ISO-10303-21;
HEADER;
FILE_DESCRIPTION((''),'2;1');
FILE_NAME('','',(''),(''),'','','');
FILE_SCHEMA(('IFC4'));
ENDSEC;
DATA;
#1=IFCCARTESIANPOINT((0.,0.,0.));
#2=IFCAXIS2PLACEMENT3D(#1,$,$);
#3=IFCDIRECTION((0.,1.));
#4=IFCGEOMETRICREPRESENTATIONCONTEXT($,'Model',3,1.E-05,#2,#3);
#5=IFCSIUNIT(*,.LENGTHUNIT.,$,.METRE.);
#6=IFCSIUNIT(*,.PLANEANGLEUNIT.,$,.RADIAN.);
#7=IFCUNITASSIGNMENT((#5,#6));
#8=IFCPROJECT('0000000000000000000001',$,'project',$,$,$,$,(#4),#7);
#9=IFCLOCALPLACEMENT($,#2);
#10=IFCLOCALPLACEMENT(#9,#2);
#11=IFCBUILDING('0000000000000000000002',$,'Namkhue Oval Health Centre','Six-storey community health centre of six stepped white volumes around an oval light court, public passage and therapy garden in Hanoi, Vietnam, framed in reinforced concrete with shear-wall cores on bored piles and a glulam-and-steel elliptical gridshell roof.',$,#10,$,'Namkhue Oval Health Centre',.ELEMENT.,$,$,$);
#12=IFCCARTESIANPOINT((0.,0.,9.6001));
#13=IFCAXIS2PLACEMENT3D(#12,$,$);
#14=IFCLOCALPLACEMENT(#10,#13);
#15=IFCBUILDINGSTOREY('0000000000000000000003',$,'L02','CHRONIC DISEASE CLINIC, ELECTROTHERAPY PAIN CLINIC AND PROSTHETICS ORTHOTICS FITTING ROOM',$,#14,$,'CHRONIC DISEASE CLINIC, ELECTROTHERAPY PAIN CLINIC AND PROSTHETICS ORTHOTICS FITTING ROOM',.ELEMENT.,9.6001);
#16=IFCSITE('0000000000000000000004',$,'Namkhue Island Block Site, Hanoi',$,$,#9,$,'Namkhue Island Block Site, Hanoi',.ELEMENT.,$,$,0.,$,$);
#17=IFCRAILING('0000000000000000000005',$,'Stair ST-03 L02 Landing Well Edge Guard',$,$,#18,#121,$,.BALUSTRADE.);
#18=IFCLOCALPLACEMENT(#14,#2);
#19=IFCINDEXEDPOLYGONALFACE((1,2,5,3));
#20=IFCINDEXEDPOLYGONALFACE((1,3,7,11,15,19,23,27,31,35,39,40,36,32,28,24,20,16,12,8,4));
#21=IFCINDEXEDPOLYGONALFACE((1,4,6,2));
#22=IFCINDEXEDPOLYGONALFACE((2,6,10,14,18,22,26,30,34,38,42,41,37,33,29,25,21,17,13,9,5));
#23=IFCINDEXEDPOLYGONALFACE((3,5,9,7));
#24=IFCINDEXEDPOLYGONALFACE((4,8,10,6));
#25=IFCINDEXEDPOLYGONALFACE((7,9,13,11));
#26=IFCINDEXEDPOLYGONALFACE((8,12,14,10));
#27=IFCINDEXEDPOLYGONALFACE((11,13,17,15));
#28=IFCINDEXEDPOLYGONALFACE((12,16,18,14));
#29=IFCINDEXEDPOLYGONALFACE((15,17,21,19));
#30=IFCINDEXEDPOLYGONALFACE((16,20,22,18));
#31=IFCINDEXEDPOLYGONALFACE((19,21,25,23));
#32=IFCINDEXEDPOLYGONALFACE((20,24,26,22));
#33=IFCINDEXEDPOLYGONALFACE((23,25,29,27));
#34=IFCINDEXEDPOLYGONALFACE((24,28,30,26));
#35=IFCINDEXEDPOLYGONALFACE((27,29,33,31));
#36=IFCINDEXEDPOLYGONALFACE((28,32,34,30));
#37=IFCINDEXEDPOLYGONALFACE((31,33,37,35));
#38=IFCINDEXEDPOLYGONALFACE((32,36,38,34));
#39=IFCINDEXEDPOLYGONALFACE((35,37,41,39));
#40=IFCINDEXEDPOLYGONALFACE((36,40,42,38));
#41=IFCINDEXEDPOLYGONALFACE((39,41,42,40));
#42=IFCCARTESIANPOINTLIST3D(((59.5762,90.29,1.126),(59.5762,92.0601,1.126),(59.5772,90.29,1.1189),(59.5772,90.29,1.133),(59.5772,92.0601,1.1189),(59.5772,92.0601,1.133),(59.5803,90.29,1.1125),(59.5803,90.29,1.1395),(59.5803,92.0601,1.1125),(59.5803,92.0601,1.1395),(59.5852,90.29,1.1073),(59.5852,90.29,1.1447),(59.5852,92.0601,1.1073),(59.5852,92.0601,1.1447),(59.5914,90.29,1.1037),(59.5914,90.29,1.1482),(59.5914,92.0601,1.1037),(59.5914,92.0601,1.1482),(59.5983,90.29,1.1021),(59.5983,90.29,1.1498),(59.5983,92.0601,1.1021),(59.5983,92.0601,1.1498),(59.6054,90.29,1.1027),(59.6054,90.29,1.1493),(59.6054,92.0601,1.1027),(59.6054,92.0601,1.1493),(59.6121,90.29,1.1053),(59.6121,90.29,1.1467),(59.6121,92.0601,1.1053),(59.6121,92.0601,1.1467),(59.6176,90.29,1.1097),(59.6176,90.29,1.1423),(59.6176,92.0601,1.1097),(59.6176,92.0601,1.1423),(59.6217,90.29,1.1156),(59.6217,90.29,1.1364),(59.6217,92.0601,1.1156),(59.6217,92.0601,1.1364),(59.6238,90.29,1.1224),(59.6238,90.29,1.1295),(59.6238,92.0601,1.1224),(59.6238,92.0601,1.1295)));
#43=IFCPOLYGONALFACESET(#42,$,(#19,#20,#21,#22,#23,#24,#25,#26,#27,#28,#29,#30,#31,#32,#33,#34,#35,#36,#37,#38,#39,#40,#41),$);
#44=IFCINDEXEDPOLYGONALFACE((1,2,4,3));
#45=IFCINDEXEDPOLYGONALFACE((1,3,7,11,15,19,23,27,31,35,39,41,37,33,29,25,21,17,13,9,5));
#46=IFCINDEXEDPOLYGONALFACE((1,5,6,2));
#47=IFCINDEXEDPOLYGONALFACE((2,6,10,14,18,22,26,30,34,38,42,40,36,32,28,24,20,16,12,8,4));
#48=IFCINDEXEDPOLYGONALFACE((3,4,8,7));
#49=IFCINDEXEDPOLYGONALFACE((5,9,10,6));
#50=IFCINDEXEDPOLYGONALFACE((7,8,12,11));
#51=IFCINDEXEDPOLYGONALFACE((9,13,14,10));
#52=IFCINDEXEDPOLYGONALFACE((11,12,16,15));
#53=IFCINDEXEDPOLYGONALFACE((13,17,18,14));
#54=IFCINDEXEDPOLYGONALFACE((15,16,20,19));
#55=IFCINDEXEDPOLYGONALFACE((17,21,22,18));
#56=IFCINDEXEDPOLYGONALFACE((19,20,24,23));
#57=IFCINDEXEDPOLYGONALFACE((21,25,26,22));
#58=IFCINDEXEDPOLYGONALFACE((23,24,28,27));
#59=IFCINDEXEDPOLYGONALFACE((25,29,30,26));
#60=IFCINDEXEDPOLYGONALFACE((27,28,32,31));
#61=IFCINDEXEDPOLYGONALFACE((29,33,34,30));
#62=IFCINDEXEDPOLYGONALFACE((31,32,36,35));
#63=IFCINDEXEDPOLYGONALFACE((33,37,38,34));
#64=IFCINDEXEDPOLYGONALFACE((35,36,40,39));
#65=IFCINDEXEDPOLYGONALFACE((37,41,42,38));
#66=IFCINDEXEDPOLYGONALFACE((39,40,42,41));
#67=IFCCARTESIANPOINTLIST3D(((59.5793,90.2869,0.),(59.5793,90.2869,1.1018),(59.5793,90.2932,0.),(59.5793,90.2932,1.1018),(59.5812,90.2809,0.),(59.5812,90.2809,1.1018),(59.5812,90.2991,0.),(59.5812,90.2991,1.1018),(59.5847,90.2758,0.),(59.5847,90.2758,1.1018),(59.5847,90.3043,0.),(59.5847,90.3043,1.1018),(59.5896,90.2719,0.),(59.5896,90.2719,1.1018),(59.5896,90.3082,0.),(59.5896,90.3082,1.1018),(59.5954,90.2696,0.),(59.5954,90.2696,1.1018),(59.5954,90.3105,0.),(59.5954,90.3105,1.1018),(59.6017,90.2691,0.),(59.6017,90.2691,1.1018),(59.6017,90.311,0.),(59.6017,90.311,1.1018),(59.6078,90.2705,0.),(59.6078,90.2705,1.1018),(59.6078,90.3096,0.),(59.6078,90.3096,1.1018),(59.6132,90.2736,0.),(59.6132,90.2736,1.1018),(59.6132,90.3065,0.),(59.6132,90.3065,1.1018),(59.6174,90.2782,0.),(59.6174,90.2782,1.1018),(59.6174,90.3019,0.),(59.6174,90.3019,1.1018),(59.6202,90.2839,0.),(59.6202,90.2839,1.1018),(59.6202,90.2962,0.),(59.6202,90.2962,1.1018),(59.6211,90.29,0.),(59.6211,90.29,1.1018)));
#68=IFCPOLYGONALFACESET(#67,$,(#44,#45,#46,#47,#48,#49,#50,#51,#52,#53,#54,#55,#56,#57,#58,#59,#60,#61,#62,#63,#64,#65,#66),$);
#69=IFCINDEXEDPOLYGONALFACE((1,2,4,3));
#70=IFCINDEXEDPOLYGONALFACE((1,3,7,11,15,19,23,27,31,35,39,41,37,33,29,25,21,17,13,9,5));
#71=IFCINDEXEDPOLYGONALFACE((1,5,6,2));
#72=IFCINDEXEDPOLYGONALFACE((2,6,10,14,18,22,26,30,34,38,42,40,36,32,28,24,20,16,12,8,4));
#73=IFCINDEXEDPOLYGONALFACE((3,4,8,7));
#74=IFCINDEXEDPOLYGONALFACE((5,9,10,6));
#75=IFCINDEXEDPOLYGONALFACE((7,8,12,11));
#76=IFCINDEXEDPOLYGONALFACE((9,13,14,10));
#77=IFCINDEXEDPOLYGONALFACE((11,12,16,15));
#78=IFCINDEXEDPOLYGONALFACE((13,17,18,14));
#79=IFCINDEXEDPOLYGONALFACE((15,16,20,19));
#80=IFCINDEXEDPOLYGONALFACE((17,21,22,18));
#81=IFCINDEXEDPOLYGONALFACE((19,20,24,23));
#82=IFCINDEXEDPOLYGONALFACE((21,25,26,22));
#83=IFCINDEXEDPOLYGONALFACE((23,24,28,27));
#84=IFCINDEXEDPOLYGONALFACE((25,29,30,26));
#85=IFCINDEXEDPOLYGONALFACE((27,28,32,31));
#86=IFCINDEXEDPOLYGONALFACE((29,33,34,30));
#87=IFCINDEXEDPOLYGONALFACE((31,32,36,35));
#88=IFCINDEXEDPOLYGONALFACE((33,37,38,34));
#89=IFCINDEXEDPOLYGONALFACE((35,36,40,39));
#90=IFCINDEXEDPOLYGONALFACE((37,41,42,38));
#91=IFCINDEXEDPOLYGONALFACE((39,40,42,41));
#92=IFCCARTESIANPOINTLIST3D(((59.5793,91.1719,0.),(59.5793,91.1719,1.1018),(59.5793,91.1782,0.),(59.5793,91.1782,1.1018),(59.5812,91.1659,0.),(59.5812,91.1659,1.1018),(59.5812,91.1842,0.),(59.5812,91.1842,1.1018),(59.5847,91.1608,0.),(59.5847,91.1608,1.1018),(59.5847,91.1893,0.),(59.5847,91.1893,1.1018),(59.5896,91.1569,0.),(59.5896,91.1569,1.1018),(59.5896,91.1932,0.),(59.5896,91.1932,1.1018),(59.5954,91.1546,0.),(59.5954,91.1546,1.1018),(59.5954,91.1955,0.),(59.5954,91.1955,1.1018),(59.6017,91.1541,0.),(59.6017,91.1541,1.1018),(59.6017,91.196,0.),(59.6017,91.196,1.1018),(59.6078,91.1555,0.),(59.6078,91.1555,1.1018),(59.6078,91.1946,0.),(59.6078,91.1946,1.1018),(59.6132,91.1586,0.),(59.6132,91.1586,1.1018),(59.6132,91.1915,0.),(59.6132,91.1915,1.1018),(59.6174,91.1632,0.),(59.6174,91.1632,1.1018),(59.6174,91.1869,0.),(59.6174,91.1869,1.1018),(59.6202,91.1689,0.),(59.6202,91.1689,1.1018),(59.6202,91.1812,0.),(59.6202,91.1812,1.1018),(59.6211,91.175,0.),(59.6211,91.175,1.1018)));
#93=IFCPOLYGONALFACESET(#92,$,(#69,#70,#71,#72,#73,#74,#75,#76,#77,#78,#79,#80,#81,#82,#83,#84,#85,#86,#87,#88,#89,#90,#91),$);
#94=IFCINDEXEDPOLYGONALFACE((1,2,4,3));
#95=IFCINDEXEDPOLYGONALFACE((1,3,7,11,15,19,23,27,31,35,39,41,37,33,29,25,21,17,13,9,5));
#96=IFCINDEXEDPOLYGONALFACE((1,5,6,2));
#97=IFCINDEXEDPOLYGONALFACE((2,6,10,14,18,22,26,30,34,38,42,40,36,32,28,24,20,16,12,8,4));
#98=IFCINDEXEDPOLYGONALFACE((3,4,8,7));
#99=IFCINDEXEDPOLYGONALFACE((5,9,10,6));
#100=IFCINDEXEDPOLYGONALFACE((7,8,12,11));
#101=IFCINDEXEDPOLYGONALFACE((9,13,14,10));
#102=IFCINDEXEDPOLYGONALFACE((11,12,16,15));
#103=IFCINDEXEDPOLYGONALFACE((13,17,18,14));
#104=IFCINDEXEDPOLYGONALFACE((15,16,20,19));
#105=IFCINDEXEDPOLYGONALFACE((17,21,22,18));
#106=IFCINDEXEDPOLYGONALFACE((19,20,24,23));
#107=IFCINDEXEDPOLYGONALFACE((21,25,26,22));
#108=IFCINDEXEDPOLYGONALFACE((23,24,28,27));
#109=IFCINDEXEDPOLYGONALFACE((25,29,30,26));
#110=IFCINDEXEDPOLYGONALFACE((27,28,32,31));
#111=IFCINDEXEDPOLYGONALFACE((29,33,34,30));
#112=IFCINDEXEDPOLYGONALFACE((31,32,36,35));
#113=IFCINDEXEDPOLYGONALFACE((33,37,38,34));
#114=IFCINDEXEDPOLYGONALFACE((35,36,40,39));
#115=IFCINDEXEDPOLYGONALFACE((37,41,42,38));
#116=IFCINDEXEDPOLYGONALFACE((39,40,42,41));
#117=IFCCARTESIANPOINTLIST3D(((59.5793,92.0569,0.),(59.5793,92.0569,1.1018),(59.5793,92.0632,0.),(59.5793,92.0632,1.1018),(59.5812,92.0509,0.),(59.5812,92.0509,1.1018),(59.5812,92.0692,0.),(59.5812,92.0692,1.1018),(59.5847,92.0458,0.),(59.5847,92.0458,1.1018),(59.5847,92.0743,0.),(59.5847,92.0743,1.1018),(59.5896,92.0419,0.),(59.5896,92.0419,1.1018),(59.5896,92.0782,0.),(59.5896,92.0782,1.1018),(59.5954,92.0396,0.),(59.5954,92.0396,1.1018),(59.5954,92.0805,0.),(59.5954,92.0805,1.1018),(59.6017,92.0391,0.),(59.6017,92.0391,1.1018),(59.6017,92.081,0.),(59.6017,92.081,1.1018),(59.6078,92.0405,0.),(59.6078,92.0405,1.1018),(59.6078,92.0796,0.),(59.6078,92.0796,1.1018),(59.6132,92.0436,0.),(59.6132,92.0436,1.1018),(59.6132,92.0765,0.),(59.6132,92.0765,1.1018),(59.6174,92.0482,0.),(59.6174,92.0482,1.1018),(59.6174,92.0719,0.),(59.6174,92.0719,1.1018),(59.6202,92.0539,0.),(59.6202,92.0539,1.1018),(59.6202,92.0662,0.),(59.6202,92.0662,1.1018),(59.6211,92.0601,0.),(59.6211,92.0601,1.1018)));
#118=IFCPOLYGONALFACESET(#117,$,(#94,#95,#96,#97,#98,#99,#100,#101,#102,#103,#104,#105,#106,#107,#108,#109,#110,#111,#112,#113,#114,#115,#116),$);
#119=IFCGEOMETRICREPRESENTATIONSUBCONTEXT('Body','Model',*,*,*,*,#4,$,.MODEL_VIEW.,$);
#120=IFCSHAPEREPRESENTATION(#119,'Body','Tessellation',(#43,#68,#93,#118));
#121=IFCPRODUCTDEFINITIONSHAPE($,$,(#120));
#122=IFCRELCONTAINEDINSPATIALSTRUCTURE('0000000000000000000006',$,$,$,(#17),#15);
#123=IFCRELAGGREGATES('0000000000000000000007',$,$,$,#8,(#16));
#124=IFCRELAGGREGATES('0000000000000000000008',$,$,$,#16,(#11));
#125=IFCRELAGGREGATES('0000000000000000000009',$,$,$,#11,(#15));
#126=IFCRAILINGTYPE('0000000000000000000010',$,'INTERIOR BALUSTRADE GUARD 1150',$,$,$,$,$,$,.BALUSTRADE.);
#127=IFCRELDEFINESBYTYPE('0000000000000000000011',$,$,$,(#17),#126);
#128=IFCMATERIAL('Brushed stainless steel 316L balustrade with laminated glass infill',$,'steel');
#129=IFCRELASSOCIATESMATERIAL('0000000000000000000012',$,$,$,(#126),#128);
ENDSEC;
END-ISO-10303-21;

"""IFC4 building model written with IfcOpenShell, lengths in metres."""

from ifc_helpers import new_model, si_unit, direction, frame, origin, origin_2d, place, context, subcontext, project, spatial, circle, extrude, material, type_object, element, save


model = new_model("IFC4")

# Units and contexts
model_context = context("Model", 3, precision=1e-05, world=origin(), true_north=direction((0.0, 1.0)))
body_context = subcontext(model_context, "Body", "Model", "MODEL_VIEW")
ifc_project = project(units=[si_unit("LENGTHUNIT", "METRE"), si_unit("PLANEANGLEUNIT", "RADIAN")], contexts=[model_context])

# Site, building, storey
site_placement = place(None, origin())
site = spatial("IfcSite", under=ifc_project, at=site_placement, Name="Namkhue Island Block Site, Hanoi", LongName="Namkhue Island Block Site, Hanoi", CompositionType="ELEMENT", RefElevation=0.0)
building_placement = place(site_placement, origin())
building = spatial("IfcBuilding", under=site, at=building_placement, Name="Namkhue Oval Health Centre", Description="Six-storey community health centre of six stepped white volumes around an oval light court, public passage and therapy garden in Hanoi, Vietnam, framed in reinforced concrete with shear-wall cores on bored piles and a glulam-and-steel elliptical gridshell roof.", LongName="Namkhue Oval Health Centre", CompositionType="ELEMENT")
storey_placement = place(building_placement, frame((0.0, 0.0, 9.6001)))
storey = spatial("IfcBuildingStorey", under=building, at=storey_placement, Name="L02", Description="CHRONIC DISEASE CLINIC, ELECTROTHERAPY PAIN CLINIC AND PROSTHETICS ORTHOTICS FITTING ROOM", LongName="CHRONIC DISEASE CLINIC, ELECTROTHERAPY PAIN CLINIC AND PROSTHETICS ORTHOTICS FITTING ROOM", CompositionType="ELEMENT", Elevation=9.6001)

# Railing
ifc_material_1 = material(Name="Brushed stainless steel 316L balustrade with laminated glass infill", Category="steel")
railing_type_1 = type_object("IfcRailingType", Name="INTERIOR BALUSTRADE GUARD 1150", PredefinedType="BALUSTRADE", material=ifc_material_1)
railing_1_placement = place(storey_placement, frame((59.6001, 90.29, 0.0)))
element("IfcRailing", 1, at=railing_1_placement, inside=storey, type_object=railing_type_1, Name="Stair ST-03 L02 Landing Well Edge Guard", PredefinedType="BALUSTRADE", context=body_context, shape_type="SweptSolid", body=[
    extrude(circle(Radius=0.0239, at=origin_2d()), frame((0.0, 0.0, 1.126), z_axis=(0.0, 1.0, 0.0), x_axis=(-1.0, 0.0, 0.0)), (0.0, 0.0, 1.0), 1.77),
    extrude(circle(Radius=0.021, at=origin_2d()), origin(), (0.0, 0.0, 1.0), 1.1018),
    extrude(circle(Radius=0.021, at=origin_2d()), frame((0.0, 0.885, 0.0)), (0.0, 0.0, 1.0), 1.1018),
    extrude(circle(Radius=0.021, at=origin_2d()), frame((0.0, 1.77, 0.0)), (0.0, 0.0, 1.0), 1.1018),
])

save(model, "model.ifc")
